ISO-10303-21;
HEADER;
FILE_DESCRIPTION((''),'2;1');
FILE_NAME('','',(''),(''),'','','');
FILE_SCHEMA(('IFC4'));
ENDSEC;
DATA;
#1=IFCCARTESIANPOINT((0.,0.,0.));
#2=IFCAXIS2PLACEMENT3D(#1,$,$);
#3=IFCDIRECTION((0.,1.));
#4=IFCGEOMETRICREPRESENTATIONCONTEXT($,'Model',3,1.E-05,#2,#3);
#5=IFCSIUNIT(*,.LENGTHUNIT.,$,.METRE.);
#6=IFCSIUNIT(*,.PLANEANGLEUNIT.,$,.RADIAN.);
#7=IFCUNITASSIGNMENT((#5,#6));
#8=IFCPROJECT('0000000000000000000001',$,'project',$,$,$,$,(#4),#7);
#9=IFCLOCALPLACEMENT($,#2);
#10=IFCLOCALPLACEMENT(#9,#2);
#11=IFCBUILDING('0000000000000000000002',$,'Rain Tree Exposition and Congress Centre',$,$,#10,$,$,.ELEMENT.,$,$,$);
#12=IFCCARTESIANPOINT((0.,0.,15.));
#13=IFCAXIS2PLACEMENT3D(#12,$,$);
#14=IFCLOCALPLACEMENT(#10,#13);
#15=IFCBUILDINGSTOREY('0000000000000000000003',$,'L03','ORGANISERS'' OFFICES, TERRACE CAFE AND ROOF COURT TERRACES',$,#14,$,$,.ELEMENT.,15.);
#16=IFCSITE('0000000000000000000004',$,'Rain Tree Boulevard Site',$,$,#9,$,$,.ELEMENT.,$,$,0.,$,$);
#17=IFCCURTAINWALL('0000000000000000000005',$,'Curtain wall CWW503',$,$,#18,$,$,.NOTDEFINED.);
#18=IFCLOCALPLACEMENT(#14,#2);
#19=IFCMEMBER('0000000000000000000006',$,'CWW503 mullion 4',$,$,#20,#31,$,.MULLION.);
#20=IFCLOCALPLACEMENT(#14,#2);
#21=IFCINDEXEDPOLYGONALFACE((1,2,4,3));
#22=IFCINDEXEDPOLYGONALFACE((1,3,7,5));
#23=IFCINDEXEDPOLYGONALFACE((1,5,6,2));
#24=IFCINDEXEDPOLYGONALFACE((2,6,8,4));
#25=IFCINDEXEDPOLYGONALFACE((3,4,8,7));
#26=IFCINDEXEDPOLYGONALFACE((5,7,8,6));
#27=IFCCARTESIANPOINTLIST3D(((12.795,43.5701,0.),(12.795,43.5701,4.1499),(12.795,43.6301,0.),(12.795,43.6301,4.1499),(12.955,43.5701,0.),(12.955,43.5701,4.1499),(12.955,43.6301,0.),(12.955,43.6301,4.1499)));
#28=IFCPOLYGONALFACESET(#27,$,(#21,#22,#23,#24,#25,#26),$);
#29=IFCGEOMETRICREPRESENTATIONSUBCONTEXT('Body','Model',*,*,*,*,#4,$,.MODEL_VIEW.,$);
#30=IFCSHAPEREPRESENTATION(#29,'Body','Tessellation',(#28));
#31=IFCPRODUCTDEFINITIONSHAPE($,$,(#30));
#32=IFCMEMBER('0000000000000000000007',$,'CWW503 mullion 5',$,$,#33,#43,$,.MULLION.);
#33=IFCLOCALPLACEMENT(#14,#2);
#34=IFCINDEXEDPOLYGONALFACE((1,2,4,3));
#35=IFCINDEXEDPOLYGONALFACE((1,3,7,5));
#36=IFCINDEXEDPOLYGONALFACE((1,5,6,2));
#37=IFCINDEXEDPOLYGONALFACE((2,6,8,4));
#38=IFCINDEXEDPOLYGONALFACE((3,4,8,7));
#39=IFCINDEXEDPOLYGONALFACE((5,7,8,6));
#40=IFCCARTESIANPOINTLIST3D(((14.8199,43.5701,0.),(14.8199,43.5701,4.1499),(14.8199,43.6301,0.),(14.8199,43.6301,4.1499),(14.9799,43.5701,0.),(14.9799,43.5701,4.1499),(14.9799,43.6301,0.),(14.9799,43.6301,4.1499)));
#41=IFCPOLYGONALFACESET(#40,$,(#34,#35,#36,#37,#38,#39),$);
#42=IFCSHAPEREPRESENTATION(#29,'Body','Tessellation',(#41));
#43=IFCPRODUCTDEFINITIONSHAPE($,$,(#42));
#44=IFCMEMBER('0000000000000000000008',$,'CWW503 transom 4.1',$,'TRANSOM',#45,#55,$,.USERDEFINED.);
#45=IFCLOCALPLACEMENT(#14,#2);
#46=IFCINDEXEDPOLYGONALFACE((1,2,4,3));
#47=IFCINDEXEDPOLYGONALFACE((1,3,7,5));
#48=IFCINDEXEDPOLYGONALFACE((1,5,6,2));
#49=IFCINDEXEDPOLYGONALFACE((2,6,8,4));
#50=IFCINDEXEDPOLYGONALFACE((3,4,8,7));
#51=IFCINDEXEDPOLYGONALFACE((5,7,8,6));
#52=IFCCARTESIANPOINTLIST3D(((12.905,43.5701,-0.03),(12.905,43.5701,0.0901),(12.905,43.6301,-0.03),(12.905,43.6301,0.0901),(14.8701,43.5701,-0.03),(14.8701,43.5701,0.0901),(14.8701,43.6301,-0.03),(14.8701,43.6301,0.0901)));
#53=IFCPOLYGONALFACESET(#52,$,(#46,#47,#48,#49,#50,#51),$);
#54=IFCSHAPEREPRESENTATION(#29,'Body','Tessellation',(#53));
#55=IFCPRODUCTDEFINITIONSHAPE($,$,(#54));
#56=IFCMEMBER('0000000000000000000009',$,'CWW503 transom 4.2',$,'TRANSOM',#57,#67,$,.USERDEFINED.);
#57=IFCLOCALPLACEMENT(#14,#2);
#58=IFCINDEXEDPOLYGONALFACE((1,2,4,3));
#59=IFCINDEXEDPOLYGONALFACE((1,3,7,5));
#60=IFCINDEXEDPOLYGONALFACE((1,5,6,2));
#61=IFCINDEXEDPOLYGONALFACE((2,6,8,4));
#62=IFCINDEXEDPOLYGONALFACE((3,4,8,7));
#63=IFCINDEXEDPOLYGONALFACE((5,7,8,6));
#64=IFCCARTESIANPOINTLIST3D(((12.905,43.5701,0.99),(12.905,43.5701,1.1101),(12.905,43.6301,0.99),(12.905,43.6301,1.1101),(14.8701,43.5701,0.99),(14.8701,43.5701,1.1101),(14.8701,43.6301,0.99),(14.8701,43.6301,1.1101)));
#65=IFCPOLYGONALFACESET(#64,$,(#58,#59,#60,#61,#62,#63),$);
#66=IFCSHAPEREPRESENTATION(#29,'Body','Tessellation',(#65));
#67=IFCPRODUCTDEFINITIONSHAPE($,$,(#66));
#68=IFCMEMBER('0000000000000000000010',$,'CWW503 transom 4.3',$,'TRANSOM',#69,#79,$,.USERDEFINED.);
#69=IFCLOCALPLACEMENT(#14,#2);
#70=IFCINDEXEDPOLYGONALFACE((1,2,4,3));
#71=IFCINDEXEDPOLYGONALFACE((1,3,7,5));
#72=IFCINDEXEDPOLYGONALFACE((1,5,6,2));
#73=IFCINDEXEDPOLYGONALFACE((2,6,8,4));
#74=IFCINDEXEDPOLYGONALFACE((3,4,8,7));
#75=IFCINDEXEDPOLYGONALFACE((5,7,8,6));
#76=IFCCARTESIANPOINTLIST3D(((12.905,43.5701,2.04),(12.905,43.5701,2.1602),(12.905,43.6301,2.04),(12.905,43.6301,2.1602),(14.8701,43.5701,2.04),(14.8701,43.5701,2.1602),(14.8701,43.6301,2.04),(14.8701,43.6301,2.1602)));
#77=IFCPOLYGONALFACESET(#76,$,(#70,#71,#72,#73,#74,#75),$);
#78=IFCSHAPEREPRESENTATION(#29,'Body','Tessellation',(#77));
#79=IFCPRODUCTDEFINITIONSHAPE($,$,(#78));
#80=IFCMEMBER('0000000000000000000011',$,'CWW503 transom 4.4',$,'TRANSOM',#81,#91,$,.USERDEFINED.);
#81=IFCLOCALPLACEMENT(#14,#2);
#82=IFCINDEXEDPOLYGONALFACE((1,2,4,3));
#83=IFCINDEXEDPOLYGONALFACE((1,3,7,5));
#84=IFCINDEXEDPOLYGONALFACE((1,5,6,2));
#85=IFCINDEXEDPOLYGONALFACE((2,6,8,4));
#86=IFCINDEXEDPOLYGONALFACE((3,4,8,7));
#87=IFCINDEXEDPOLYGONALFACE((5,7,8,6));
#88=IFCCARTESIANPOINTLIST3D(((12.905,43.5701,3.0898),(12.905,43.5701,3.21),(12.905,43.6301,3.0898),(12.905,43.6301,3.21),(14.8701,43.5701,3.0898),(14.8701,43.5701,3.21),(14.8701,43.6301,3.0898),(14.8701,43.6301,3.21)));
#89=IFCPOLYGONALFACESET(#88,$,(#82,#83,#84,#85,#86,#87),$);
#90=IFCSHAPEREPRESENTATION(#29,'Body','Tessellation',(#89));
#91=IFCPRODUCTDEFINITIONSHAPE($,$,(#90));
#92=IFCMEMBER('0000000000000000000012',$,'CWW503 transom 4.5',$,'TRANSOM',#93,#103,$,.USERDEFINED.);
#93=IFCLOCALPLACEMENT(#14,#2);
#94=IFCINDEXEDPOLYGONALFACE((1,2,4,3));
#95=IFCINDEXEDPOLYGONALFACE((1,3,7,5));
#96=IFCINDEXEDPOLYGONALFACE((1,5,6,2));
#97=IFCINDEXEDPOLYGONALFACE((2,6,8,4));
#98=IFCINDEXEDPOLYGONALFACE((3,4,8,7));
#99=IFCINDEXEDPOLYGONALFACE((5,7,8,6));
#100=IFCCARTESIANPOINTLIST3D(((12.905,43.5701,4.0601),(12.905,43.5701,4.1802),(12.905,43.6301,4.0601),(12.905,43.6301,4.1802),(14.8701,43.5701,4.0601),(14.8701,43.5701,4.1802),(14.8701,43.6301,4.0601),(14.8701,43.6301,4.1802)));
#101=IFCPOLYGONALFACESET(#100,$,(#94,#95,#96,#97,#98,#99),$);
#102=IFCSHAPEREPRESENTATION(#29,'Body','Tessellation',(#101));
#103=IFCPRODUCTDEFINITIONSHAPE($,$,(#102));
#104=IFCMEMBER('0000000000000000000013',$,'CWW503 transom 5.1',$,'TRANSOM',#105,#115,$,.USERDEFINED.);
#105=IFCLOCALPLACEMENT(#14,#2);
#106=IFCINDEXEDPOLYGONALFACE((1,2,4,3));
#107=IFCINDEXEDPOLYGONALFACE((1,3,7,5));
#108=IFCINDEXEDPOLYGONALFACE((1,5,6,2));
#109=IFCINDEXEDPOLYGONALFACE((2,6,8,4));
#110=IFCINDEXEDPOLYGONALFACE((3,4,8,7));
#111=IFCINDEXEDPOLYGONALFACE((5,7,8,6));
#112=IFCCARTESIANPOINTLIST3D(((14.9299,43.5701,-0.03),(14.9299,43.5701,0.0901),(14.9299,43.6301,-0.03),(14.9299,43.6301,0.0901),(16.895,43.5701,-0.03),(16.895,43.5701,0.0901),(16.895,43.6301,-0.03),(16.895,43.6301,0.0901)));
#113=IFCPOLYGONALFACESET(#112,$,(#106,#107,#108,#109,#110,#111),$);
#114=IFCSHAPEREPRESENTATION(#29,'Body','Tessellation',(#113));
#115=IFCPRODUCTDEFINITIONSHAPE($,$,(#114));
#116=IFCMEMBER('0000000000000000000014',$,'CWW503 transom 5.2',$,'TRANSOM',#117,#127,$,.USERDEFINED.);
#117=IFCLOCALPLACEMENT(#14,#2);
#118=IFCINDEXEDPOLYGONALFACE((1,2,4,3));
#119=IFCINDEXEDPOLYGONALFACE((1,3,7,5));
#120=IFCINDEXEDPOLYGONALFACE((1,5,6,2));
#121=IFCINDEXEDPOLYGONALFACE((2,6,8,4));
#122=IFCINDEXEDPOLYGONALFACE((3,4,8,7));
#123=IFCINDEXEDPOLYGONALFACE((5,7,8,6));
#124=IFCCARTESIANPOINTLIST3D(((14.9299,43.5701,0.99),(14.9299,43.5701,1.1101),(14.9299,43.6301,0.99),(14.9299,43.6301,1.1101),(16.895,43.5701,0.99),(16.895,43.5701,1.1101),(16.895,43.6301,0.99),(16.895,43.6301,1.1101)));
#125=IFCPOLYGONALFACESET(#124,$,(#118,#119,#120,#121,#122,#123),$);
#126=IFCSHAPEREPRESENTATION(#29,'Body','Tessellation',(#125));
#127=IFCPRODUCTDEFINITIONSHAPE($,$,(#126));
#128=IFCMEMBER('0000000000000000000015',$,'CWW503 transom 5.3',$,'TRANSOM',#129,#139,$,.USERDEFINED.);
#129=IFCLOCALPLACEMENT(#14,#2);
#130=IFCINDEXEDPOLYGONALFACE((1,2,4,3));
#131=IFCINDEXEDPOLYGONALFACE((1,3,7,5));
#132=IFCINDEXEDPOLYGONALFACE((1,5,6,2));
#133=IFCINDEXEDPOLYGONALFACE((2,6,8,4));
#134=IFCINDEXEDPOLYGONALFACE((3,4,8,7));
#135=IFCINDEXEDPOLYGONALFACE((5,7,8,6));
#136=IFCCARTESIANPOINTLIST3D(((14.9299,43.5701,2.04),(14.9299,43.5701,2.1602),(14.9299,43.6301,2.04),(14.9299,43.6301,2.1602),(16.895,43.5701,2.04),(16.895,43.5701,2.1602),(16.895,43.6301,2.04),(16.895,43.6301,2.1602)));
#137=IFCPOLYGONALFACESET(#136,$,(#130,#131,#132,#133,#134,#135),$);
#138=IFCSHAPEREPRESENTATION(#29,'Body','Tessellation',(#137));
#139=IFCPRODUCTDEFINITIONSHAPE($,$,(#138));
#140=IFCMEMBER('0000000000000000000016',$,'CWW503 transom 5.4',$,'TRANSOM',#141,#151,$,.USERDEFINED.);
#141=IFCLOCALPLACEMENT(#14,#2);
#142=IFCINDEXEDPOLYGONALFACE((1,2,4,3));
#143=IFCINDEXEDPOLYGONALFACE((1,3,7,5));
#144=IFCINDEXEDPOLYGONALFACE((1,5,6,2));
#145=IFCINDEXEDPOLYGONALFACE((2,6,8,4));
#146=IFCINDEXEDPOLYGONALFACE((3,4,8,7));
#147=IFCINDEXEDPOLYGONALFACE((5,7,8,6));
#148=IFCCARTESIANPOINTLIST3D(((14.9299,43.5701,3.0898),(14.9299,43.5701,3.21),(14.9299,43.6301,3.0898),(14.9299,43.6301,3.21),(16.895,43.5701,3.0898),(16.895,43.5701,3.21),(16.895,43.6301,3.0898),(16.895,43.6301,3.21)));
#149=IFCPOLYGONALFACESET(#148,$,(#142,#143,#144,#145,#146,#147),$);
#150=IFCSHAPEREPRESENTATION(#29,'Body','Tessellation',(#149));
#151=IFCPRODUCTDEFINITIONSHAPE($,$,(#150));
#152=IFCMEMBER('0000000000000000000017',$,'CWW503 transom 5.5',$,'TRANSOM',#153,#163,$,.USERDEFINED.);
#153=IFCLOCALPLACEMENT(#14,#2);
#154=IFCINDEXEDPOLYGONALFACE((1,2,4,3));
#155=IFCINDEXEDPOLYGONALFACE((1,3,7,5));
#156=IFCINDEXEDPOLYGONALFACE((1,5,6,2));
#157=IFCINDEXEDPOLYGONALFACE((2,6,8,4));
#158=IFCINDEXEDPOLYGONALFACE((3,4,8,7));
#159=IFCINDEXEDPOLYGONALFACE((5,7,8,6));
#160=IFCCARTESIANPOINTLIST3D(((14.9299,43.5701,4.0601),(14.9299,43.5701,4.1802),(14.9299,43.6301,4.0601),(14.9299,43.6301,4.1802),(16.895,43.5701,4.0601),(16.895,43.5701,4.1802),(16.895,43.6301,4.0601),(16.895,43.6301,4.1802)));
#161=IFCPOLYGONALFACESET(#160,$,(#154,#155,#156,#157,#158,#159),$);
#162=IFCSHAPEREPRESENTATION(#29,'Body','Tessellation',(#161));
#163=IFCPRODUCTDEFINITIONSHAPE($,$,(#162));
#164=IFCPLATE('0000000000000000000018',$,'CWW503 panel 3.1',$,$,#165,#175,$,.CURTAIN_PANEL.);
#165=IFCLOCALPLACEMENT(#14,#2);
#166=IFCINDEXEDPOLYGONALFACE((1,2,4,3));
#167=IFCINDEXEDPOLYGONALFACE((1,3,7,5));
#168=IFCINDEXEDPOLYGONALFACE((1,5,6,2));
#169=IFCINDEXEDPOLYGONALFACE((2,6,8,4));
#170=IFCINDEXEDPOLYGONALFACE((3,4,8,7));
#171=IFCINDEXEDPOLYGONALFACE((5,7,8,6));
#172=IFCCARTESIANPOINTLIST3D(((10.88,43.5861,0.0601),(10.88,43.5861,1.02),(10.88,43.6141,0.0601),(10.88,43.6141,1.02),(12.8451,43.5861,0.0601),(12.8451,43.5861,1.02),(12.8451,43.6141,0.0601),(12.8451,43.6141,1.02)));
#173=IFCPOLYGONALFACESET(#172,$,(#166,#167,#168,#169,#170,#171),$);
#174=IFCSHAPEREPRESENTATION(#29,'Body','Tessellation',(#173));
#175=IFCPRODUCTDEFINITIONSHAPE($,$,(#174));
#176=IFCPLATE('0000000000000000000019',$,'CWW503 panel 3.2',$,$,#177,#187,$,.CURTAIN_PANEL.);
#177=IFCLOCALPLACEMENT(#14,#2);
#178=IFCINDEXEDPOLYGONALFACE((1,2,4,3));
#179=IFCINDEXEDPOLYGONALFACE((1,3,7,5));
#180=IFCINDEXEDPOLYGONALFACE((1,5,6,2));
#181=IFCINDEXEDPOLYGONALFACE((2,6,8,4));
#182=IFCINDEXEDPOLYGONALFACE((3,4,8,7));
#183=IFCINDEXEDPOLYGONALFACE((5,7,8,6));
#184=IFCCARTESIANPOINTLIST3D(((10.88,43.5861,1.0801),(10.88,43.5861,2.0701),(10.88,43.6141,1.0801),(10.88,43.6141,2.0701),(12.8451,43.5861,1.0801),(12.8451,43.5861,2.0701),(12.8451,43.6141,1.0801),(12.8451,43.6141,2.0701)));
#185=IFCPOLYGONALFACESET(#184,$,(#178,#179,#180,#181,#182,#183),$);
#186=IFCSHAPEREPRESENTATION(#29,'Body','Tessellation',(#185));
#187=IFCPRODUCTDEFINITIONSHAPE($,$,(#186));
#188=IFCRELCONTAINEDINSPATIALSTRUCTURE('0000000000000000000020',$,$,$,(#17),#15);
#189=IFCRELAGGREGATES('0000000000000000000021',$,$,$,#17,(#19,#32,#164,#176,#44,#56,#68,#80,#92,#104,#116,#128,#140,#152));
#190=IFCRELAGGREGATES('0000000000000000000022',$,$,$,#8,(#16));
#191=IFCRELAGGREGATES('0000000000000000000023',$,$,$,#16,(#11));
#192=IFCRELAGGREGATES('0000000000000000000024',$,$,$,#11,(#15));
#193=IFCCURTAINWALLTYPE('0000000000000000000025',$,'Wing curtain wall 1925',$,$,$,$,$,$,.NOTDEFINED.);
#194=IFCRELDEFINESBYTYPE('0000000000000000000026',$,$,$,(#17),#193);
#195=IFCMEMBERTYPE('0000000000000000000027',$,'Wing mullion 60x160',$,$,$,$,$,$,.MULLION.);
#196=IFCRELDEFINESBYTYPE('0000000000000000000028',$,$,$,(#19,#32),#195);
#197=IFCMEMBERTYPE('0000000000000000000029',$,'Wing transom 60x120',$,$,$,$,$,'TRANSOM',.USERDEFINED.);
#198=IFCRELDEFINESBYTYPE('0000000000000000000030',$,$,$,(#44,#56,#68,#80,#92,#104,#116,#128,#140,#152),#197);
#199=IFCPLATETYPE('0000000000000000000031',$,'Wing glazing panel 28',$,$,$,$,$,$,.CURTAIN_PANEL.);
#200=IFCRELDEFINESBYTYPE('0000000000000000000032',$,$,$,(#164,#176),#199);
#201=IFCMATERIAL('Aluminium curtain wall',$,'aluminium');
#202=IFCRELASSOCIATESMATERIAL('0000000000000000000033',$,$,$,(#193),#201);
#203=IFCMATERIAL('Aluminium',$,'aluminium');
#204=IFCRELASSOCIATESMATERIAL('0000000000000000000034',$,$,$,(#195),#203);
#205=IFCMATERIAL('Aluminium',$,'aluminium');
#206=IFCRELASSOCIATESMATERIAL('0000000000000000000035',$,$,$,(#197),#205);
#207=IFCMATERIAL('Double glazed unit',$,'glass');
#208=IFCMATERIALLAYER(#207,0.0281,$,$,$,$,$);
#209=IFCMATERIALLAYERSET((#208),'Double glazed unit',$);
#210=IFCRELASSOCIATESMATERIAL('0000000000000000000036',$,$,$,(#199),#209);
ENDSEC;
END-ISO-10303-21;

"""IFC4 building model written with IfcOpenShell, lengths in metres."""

from ifc_helpers import new_model, si_unit, direction, frame, origin, origin_2d, place, context, subcontext, project, spatial, rectangle, extrude, material, layer, layer_set, material_profile, profile_set, type_object, element, aggregate, save


model = new_model("IFC4")

# Units and contexts
model_context = context("Model", 3, precision=1e-05, world=origin(), true_north=direction((0.0, 1.0)))
body_context = subcontext(model_context, "Body", "Model", "MODEL_VIEW")
ifc_project = project(units=[si_unit("LENGTHUNIT", "METRE"), si_unit("PLANEANGLEUNIT", "RADIAN")], contexts=[model_context])

# Site, building, storey
site_placement = place(None, origin())
site = spatial("IfcSite", under=ifc_project, at=site_placement, Name="Rain Tree Boulevard Site", CompositionType="ELEMENT", RefElevation=0.0)
building_placement = place(site_placement, origin())
building = spatial("IfcBuilding", under=site, at=building_placement, Name="Rain Tree Exposition and Congress Centre", CompositionType="ELEMENT")
storey_placement = place(building_placement, frame((0.0, 0.0, 15.0)))
storey = spatial("IfcBuildingStorey", under=building, at=storey_placement, Name="L03", Description="ORGANISERS' OFFICES, TERRACE CAFE AND ROOF COURT TERRACES", CompositionType="ELEMENT", Elevation=15.0)

# Curtain wall, members, plates
ifc_material_1 = material(Name="Aluminium curtain wall", Category="aluminium")
curtain_wall_type = type_object("IfcCurtainWallType", Name="Wing curtain wall 1925", PredefinedType="NOTDEFINED", material=ifc_material_1)
curtain_wall_placement = place(storey_placement, origin())
curtain_wall = element("IfcCurtainWall", 1, at=curtain_wall_placement, inside=storey, type_object=curtain_wall_type, Name="Curtain wall CWW503", PredefinedType="NOTDEFINED")
ifc_material_2 = material(Name="Aluminium", Category="aluminium")
ifc_material_profile_1 = material_profile(ifc_material_2, rectangle(XDim=0.0601, YDim=0.1599, at=origin_2d()), Name="Aluminium 60x160")
ifc_profile_set_1 = profile_set([ifc_material_profile_1], Name="Aluminium")
member_type_1 = type_object("IfcMemberType", Name="Wing mullion 60x160", PredefinedType="MULLION", material=ifc_profile_set_1)
member_1_placement = place(storey_placement, frame((12.875, 43.6001, 0.0), z_axis=(0.0, 0.0, 1.0), x_axis=(0.0, 1.0, 0.0)))
member_1 = element("IfcMember", 2, at=member_1_placement, type_object=member_type_1, Name="CWW503 mullion 4", PredefinedType="MULLION", context=body_context, shape_type="SweptSolid", body=[
    extrude(rectangle(XDim=0.0601, YDim=0.1599, at=origin_2d()), origin(), (0.0, 0.0, 1.0), 4.1499),
])
member_2_placement = place(storey_placement, frame((14.8999, 43.6001, 0.0), z_axis=(0.0, 0.0, 1.0), x_axis=(0.0, 1.0, 0.0)))
member_2 = element("IfcMember", 3, at=member_2_placement, type_object=member_type_1, Name="CWW503 mullion 5", PredefinedType="MULLION", context=body_context, shape_type="SweptSolid", body=[
    extrude(rectangle(XDim=0.0601, YDim=0.1599, at=origin_2d()), origin(), (0.0, 0.0, 1.0), 4.1499),
])
ifc_material_3 = material(Name="Aluminium", Category="aluminium")
ifc_material_profile_2 = material_profile(ifc_material_3, rectangle(XDim=0.0601, YDim=0.1201, at=origin_2d()), Name="Aluminium 60x120")
ifc_profile_set_2 = profile_set([ifc_material_profile_2], Name="Aluminium")
member_type_2 = type_object("IfcMemberType", Name="Wing transom 60x120", ElementType="TRANSOM", PredefinedType="USERDEFINED", material=ifc_profile_set_2)
member_3_placement = place(storey_placement, frame((12.905, 43.6001, 0.03), z_axis=(1.0, 0.0, 0.0), x_axis=(0.0, 1.0, 0.0)))
member_3 = element("IfcMember", 4, at=member_3_placement, type_object=member_type_2, Name="CWW503 transom 4.1", ObjectType="TRANSOM", PredefinedType="USERDEFINED", context=body_context, shape_type="SweptSolid", body=[
    extrude(rectangle(XDim=0.0601, YDim=0.1201, at=origin_2d()), origin(), (0.0, 0.0, 1.0), 1.9651),
])
member_4_placement = place(storey_placement, frame((12.905, 43.6001, 1.05), z_axis=(1.0, 0.0, 0.0), x_axis=(0.0, 1.0, 0.0)))
member_4 = element("IfcMember", 5, at=member_4_placement, type_object=member_type_2, Name="CWW503 transom 4.2", ObjectType="TRANSOM", PredefinedType="USERDEFINED", context=body_context, shape_type="SweptSolid", body=[
    extrude(rectangle(XDim=0.0601, YDim=0.1201, at=origin_2d()), origin(), (0.0, 0.0, 1.0), 1.9651),
])
member_5_placement = place(storey_placement, frame((12.905, 43.6001, 2.1001), z_axis=(1.0, 0.0, 0.0), x_axis=(0.0, 1.0, 0.0)))
member_5 = element("IfcMember", 6, at=member_5_placement, type_object=member_type_2, Name="CWW503 transom 4.3", ObjectType="TRANSOM", PredefinedType="USERDEFINED", context=body_context, shape_type="SweptSolid", body=[
    extrude(rectangle(XDim=0.0601, YDim=0.1201, at=origin_2d()), origin(), (0.0, 0.0, 1.0), 1.9651),
])
member_6_placement = place(storey_placement, frame((12.905, 43.6001, 3.1499), z_axis=(1.0, 0.0, 0.0), x_axis=(0.0, 1.0, 0.0)))
member_6 = element("IfcMember", 7, at=member_6_placement, type_object=member_type_2, Name="CWW503 transom 4.4", ObjectType="TRANSOM", PredefinedType="USERDEFINED", context=body_context, shape_type="SweptSolid", body=[
    extrude(rectangle(XDim=0.0601, YDim=0.1201, at=origin_2d()), origin(), (0.0, 0.0, 1.0), 1.9651),
])
member_7_placement = place(storey_placement, frame((12.905, 43.6001, 4.1201), z_axis=(1.0, 0.0, 0.0), x_axis=(0.0, 1.0, 0.0)))
member_7 = element("IfcMember", 8, at=member_7_placement, type_object=member_type_2, Name="CWW503 transom 4.5", ObjectType="TRANSOM", PredefinedType="USERDEFINED", context=body_context, shape_type="SweptSolid", body=[
    extrude(rectangle(XDim=0.0601, YDim=0.1201, at=origin_2d()), origin(), (0.0, 0.0, 1.0), 1.9651),
])
member_8_placement = place(storey_placement, frame((14.9299, 43.6001, 0.03), z_axis=(1.0, 0.0, 0.0), x_axis=(0.0, 1.0, 0.0)))
member_8 = element("IfcMember", 9, at=member_8_placement, type_object=member_type_2, Name="CWW503 transom 5.1", ObjectType="TRANSOM", PredefinedType="USERDEFINED", context=body_context, shape_type="SweptSolid", body=[
    extrude(rectangle(XDim=0.0601, YDim=0.1201, at=origin_2d()), origin(), (0.0, 0.0, 1.0), 1.9651),
])
member_9_placement = place(storey_placement, frame((14.9299, 43.6001, 1.05), z_axis=(1.0, 0.0, 0.0), x_axis=(0.0, 1.0, 0.0)))
member_9 = element("IfcMember", 10, at=member_9_placement, type_object=member_type_2, Name="CWW503 transom 5.2", ObjectType="TRANSOM", PredefinedType="USERDEFINED", context=body_context, shape_type="SweptSolid", body=[
    extrude(rectangle(XDim=0.0601, YDim=0.1201, at=origin_2d()), origin(), (0.0, 0.0, 1.0), 1.9651),
])
member_10_placement = place(storey_placement, frame((14.9299, 43.6001, 2.1001), z_axis=(1.0, 0.0, 0.0), x_axis=(0.0, 1.0, 0.0)))
member_10 = element("IfcMember", 11, at=member_10_placement, type_object=member_type_2, Name="CWW503 transom 5.3", ObjectType="TRANSOM", PredefinedType="USERDEFINED", context=body_context, shape_type="SweptSolid", body=[
    extrude(rectangle(XDim=0.0601, YDim=0.1201, at=origin_2d()), origin(), (0.0, 0.0, 1.0), 1.9651),
])
member_11_placement = place(storey_placement, frame((14.9299, 43.6001, 3.1499), z_axis=(1.0, 0.0, 0.0), x_axis=(0.0, 1.0, 0.0)))
member_11 = element("IfcMember", 12, at=member_11_placement, type_object=member_type_2, Name="CWW503 transom 5.4", ObjectType="TRANSOM", PredefinedType="USERDEFINED", context=body_context, shape_type="SweptSolid", body=[
    extrude(rectangle(XDim=0.0601, YDim=0.1201, at=origin_2d()), origin(), (0.0, 0.0, 1.0), 1.9651),
])
member_12_placement = place(storey_placement, frame((14.9299, 43.6001, 4.1201), z_axis=(1.0, 0.0, 0.0), x_axis=(0.0, 1.0, 0.0)))
member_12 = element("IfcMember", 13, at=member_12_placement, type_object=member_type_2, Name="CWW503 transom 5.5", ObjectType="TRANSOM", PredefinedType="USERDEFINED", context=body_context, shape_type="SweptSolid", body=[
    extrude(rectangle(XDim=0.0601, YDim=0.1201, at=origin_2d()), origin(), (0.0, 0.0, 1.0), 1.9651),
])
ifc_material_4 = material(Name="Double glazed unit", Category="glass")
ifc_layer_1 = layer(ifc_material_4, 0.0281)
ifc_layer_set_1 = layer_set([ifc_layer_1], Name="Double glazed unit")
plate_type = type_object("IfcPlateType", Name="Wing glazing panel 28", PredefinedType="CURTAIN_PANEL", material=ifc_layer_set_1)
plate_1_placement = place(storey_placement, frame((11.8625, 43.6001, 0.0601), z_axis=(0.0, 0.0, 1.0), x_axis=(1.0, 0.0, 0.0)))
plate_1 = element("IfcPlate", 14, at=plate_1_placement, type_object=plate_type, Name="CWW503 panel 3.1", PredefinedType="CURTAIN_PANEL", context=body_context, shape_type="SweptSolid", body=[
    extrude(rectangle(XDim=1.9651, YDim=0.0281, at=origin_2d()), origin(), (0.0, 0.0, 1.0), 0.96),
])
plate_2_placement = place(storey_placement, frame((11.8625, 43.6001, 1.0801), z_axis=(0.0, 0.0, 1.0), x_axis=(1.0, 0.0, 0.0)))
plate_2 = element("IfcPlate", 15, at=plate_2_placement, type_object=plate_type, Name="CWW503 panel 3.2", PredefinedType="CURTAIN_PANEL", context=body_context, shape_type="SweptSolid", body=[
    extrude(rectangle(XDim=1.9651, YDim=0.0281, at=origin_2d()), origin(), (0.0, 0.0, 1.0), 0.99),
])
aggregate(curtain_wall, [member_1, member_2, plate_1, plate_2, member_3, member_4, member_5, member_6, member_7, member_8, member_9, member_10, member_11, member_12])

save(model, "model.ifc")
